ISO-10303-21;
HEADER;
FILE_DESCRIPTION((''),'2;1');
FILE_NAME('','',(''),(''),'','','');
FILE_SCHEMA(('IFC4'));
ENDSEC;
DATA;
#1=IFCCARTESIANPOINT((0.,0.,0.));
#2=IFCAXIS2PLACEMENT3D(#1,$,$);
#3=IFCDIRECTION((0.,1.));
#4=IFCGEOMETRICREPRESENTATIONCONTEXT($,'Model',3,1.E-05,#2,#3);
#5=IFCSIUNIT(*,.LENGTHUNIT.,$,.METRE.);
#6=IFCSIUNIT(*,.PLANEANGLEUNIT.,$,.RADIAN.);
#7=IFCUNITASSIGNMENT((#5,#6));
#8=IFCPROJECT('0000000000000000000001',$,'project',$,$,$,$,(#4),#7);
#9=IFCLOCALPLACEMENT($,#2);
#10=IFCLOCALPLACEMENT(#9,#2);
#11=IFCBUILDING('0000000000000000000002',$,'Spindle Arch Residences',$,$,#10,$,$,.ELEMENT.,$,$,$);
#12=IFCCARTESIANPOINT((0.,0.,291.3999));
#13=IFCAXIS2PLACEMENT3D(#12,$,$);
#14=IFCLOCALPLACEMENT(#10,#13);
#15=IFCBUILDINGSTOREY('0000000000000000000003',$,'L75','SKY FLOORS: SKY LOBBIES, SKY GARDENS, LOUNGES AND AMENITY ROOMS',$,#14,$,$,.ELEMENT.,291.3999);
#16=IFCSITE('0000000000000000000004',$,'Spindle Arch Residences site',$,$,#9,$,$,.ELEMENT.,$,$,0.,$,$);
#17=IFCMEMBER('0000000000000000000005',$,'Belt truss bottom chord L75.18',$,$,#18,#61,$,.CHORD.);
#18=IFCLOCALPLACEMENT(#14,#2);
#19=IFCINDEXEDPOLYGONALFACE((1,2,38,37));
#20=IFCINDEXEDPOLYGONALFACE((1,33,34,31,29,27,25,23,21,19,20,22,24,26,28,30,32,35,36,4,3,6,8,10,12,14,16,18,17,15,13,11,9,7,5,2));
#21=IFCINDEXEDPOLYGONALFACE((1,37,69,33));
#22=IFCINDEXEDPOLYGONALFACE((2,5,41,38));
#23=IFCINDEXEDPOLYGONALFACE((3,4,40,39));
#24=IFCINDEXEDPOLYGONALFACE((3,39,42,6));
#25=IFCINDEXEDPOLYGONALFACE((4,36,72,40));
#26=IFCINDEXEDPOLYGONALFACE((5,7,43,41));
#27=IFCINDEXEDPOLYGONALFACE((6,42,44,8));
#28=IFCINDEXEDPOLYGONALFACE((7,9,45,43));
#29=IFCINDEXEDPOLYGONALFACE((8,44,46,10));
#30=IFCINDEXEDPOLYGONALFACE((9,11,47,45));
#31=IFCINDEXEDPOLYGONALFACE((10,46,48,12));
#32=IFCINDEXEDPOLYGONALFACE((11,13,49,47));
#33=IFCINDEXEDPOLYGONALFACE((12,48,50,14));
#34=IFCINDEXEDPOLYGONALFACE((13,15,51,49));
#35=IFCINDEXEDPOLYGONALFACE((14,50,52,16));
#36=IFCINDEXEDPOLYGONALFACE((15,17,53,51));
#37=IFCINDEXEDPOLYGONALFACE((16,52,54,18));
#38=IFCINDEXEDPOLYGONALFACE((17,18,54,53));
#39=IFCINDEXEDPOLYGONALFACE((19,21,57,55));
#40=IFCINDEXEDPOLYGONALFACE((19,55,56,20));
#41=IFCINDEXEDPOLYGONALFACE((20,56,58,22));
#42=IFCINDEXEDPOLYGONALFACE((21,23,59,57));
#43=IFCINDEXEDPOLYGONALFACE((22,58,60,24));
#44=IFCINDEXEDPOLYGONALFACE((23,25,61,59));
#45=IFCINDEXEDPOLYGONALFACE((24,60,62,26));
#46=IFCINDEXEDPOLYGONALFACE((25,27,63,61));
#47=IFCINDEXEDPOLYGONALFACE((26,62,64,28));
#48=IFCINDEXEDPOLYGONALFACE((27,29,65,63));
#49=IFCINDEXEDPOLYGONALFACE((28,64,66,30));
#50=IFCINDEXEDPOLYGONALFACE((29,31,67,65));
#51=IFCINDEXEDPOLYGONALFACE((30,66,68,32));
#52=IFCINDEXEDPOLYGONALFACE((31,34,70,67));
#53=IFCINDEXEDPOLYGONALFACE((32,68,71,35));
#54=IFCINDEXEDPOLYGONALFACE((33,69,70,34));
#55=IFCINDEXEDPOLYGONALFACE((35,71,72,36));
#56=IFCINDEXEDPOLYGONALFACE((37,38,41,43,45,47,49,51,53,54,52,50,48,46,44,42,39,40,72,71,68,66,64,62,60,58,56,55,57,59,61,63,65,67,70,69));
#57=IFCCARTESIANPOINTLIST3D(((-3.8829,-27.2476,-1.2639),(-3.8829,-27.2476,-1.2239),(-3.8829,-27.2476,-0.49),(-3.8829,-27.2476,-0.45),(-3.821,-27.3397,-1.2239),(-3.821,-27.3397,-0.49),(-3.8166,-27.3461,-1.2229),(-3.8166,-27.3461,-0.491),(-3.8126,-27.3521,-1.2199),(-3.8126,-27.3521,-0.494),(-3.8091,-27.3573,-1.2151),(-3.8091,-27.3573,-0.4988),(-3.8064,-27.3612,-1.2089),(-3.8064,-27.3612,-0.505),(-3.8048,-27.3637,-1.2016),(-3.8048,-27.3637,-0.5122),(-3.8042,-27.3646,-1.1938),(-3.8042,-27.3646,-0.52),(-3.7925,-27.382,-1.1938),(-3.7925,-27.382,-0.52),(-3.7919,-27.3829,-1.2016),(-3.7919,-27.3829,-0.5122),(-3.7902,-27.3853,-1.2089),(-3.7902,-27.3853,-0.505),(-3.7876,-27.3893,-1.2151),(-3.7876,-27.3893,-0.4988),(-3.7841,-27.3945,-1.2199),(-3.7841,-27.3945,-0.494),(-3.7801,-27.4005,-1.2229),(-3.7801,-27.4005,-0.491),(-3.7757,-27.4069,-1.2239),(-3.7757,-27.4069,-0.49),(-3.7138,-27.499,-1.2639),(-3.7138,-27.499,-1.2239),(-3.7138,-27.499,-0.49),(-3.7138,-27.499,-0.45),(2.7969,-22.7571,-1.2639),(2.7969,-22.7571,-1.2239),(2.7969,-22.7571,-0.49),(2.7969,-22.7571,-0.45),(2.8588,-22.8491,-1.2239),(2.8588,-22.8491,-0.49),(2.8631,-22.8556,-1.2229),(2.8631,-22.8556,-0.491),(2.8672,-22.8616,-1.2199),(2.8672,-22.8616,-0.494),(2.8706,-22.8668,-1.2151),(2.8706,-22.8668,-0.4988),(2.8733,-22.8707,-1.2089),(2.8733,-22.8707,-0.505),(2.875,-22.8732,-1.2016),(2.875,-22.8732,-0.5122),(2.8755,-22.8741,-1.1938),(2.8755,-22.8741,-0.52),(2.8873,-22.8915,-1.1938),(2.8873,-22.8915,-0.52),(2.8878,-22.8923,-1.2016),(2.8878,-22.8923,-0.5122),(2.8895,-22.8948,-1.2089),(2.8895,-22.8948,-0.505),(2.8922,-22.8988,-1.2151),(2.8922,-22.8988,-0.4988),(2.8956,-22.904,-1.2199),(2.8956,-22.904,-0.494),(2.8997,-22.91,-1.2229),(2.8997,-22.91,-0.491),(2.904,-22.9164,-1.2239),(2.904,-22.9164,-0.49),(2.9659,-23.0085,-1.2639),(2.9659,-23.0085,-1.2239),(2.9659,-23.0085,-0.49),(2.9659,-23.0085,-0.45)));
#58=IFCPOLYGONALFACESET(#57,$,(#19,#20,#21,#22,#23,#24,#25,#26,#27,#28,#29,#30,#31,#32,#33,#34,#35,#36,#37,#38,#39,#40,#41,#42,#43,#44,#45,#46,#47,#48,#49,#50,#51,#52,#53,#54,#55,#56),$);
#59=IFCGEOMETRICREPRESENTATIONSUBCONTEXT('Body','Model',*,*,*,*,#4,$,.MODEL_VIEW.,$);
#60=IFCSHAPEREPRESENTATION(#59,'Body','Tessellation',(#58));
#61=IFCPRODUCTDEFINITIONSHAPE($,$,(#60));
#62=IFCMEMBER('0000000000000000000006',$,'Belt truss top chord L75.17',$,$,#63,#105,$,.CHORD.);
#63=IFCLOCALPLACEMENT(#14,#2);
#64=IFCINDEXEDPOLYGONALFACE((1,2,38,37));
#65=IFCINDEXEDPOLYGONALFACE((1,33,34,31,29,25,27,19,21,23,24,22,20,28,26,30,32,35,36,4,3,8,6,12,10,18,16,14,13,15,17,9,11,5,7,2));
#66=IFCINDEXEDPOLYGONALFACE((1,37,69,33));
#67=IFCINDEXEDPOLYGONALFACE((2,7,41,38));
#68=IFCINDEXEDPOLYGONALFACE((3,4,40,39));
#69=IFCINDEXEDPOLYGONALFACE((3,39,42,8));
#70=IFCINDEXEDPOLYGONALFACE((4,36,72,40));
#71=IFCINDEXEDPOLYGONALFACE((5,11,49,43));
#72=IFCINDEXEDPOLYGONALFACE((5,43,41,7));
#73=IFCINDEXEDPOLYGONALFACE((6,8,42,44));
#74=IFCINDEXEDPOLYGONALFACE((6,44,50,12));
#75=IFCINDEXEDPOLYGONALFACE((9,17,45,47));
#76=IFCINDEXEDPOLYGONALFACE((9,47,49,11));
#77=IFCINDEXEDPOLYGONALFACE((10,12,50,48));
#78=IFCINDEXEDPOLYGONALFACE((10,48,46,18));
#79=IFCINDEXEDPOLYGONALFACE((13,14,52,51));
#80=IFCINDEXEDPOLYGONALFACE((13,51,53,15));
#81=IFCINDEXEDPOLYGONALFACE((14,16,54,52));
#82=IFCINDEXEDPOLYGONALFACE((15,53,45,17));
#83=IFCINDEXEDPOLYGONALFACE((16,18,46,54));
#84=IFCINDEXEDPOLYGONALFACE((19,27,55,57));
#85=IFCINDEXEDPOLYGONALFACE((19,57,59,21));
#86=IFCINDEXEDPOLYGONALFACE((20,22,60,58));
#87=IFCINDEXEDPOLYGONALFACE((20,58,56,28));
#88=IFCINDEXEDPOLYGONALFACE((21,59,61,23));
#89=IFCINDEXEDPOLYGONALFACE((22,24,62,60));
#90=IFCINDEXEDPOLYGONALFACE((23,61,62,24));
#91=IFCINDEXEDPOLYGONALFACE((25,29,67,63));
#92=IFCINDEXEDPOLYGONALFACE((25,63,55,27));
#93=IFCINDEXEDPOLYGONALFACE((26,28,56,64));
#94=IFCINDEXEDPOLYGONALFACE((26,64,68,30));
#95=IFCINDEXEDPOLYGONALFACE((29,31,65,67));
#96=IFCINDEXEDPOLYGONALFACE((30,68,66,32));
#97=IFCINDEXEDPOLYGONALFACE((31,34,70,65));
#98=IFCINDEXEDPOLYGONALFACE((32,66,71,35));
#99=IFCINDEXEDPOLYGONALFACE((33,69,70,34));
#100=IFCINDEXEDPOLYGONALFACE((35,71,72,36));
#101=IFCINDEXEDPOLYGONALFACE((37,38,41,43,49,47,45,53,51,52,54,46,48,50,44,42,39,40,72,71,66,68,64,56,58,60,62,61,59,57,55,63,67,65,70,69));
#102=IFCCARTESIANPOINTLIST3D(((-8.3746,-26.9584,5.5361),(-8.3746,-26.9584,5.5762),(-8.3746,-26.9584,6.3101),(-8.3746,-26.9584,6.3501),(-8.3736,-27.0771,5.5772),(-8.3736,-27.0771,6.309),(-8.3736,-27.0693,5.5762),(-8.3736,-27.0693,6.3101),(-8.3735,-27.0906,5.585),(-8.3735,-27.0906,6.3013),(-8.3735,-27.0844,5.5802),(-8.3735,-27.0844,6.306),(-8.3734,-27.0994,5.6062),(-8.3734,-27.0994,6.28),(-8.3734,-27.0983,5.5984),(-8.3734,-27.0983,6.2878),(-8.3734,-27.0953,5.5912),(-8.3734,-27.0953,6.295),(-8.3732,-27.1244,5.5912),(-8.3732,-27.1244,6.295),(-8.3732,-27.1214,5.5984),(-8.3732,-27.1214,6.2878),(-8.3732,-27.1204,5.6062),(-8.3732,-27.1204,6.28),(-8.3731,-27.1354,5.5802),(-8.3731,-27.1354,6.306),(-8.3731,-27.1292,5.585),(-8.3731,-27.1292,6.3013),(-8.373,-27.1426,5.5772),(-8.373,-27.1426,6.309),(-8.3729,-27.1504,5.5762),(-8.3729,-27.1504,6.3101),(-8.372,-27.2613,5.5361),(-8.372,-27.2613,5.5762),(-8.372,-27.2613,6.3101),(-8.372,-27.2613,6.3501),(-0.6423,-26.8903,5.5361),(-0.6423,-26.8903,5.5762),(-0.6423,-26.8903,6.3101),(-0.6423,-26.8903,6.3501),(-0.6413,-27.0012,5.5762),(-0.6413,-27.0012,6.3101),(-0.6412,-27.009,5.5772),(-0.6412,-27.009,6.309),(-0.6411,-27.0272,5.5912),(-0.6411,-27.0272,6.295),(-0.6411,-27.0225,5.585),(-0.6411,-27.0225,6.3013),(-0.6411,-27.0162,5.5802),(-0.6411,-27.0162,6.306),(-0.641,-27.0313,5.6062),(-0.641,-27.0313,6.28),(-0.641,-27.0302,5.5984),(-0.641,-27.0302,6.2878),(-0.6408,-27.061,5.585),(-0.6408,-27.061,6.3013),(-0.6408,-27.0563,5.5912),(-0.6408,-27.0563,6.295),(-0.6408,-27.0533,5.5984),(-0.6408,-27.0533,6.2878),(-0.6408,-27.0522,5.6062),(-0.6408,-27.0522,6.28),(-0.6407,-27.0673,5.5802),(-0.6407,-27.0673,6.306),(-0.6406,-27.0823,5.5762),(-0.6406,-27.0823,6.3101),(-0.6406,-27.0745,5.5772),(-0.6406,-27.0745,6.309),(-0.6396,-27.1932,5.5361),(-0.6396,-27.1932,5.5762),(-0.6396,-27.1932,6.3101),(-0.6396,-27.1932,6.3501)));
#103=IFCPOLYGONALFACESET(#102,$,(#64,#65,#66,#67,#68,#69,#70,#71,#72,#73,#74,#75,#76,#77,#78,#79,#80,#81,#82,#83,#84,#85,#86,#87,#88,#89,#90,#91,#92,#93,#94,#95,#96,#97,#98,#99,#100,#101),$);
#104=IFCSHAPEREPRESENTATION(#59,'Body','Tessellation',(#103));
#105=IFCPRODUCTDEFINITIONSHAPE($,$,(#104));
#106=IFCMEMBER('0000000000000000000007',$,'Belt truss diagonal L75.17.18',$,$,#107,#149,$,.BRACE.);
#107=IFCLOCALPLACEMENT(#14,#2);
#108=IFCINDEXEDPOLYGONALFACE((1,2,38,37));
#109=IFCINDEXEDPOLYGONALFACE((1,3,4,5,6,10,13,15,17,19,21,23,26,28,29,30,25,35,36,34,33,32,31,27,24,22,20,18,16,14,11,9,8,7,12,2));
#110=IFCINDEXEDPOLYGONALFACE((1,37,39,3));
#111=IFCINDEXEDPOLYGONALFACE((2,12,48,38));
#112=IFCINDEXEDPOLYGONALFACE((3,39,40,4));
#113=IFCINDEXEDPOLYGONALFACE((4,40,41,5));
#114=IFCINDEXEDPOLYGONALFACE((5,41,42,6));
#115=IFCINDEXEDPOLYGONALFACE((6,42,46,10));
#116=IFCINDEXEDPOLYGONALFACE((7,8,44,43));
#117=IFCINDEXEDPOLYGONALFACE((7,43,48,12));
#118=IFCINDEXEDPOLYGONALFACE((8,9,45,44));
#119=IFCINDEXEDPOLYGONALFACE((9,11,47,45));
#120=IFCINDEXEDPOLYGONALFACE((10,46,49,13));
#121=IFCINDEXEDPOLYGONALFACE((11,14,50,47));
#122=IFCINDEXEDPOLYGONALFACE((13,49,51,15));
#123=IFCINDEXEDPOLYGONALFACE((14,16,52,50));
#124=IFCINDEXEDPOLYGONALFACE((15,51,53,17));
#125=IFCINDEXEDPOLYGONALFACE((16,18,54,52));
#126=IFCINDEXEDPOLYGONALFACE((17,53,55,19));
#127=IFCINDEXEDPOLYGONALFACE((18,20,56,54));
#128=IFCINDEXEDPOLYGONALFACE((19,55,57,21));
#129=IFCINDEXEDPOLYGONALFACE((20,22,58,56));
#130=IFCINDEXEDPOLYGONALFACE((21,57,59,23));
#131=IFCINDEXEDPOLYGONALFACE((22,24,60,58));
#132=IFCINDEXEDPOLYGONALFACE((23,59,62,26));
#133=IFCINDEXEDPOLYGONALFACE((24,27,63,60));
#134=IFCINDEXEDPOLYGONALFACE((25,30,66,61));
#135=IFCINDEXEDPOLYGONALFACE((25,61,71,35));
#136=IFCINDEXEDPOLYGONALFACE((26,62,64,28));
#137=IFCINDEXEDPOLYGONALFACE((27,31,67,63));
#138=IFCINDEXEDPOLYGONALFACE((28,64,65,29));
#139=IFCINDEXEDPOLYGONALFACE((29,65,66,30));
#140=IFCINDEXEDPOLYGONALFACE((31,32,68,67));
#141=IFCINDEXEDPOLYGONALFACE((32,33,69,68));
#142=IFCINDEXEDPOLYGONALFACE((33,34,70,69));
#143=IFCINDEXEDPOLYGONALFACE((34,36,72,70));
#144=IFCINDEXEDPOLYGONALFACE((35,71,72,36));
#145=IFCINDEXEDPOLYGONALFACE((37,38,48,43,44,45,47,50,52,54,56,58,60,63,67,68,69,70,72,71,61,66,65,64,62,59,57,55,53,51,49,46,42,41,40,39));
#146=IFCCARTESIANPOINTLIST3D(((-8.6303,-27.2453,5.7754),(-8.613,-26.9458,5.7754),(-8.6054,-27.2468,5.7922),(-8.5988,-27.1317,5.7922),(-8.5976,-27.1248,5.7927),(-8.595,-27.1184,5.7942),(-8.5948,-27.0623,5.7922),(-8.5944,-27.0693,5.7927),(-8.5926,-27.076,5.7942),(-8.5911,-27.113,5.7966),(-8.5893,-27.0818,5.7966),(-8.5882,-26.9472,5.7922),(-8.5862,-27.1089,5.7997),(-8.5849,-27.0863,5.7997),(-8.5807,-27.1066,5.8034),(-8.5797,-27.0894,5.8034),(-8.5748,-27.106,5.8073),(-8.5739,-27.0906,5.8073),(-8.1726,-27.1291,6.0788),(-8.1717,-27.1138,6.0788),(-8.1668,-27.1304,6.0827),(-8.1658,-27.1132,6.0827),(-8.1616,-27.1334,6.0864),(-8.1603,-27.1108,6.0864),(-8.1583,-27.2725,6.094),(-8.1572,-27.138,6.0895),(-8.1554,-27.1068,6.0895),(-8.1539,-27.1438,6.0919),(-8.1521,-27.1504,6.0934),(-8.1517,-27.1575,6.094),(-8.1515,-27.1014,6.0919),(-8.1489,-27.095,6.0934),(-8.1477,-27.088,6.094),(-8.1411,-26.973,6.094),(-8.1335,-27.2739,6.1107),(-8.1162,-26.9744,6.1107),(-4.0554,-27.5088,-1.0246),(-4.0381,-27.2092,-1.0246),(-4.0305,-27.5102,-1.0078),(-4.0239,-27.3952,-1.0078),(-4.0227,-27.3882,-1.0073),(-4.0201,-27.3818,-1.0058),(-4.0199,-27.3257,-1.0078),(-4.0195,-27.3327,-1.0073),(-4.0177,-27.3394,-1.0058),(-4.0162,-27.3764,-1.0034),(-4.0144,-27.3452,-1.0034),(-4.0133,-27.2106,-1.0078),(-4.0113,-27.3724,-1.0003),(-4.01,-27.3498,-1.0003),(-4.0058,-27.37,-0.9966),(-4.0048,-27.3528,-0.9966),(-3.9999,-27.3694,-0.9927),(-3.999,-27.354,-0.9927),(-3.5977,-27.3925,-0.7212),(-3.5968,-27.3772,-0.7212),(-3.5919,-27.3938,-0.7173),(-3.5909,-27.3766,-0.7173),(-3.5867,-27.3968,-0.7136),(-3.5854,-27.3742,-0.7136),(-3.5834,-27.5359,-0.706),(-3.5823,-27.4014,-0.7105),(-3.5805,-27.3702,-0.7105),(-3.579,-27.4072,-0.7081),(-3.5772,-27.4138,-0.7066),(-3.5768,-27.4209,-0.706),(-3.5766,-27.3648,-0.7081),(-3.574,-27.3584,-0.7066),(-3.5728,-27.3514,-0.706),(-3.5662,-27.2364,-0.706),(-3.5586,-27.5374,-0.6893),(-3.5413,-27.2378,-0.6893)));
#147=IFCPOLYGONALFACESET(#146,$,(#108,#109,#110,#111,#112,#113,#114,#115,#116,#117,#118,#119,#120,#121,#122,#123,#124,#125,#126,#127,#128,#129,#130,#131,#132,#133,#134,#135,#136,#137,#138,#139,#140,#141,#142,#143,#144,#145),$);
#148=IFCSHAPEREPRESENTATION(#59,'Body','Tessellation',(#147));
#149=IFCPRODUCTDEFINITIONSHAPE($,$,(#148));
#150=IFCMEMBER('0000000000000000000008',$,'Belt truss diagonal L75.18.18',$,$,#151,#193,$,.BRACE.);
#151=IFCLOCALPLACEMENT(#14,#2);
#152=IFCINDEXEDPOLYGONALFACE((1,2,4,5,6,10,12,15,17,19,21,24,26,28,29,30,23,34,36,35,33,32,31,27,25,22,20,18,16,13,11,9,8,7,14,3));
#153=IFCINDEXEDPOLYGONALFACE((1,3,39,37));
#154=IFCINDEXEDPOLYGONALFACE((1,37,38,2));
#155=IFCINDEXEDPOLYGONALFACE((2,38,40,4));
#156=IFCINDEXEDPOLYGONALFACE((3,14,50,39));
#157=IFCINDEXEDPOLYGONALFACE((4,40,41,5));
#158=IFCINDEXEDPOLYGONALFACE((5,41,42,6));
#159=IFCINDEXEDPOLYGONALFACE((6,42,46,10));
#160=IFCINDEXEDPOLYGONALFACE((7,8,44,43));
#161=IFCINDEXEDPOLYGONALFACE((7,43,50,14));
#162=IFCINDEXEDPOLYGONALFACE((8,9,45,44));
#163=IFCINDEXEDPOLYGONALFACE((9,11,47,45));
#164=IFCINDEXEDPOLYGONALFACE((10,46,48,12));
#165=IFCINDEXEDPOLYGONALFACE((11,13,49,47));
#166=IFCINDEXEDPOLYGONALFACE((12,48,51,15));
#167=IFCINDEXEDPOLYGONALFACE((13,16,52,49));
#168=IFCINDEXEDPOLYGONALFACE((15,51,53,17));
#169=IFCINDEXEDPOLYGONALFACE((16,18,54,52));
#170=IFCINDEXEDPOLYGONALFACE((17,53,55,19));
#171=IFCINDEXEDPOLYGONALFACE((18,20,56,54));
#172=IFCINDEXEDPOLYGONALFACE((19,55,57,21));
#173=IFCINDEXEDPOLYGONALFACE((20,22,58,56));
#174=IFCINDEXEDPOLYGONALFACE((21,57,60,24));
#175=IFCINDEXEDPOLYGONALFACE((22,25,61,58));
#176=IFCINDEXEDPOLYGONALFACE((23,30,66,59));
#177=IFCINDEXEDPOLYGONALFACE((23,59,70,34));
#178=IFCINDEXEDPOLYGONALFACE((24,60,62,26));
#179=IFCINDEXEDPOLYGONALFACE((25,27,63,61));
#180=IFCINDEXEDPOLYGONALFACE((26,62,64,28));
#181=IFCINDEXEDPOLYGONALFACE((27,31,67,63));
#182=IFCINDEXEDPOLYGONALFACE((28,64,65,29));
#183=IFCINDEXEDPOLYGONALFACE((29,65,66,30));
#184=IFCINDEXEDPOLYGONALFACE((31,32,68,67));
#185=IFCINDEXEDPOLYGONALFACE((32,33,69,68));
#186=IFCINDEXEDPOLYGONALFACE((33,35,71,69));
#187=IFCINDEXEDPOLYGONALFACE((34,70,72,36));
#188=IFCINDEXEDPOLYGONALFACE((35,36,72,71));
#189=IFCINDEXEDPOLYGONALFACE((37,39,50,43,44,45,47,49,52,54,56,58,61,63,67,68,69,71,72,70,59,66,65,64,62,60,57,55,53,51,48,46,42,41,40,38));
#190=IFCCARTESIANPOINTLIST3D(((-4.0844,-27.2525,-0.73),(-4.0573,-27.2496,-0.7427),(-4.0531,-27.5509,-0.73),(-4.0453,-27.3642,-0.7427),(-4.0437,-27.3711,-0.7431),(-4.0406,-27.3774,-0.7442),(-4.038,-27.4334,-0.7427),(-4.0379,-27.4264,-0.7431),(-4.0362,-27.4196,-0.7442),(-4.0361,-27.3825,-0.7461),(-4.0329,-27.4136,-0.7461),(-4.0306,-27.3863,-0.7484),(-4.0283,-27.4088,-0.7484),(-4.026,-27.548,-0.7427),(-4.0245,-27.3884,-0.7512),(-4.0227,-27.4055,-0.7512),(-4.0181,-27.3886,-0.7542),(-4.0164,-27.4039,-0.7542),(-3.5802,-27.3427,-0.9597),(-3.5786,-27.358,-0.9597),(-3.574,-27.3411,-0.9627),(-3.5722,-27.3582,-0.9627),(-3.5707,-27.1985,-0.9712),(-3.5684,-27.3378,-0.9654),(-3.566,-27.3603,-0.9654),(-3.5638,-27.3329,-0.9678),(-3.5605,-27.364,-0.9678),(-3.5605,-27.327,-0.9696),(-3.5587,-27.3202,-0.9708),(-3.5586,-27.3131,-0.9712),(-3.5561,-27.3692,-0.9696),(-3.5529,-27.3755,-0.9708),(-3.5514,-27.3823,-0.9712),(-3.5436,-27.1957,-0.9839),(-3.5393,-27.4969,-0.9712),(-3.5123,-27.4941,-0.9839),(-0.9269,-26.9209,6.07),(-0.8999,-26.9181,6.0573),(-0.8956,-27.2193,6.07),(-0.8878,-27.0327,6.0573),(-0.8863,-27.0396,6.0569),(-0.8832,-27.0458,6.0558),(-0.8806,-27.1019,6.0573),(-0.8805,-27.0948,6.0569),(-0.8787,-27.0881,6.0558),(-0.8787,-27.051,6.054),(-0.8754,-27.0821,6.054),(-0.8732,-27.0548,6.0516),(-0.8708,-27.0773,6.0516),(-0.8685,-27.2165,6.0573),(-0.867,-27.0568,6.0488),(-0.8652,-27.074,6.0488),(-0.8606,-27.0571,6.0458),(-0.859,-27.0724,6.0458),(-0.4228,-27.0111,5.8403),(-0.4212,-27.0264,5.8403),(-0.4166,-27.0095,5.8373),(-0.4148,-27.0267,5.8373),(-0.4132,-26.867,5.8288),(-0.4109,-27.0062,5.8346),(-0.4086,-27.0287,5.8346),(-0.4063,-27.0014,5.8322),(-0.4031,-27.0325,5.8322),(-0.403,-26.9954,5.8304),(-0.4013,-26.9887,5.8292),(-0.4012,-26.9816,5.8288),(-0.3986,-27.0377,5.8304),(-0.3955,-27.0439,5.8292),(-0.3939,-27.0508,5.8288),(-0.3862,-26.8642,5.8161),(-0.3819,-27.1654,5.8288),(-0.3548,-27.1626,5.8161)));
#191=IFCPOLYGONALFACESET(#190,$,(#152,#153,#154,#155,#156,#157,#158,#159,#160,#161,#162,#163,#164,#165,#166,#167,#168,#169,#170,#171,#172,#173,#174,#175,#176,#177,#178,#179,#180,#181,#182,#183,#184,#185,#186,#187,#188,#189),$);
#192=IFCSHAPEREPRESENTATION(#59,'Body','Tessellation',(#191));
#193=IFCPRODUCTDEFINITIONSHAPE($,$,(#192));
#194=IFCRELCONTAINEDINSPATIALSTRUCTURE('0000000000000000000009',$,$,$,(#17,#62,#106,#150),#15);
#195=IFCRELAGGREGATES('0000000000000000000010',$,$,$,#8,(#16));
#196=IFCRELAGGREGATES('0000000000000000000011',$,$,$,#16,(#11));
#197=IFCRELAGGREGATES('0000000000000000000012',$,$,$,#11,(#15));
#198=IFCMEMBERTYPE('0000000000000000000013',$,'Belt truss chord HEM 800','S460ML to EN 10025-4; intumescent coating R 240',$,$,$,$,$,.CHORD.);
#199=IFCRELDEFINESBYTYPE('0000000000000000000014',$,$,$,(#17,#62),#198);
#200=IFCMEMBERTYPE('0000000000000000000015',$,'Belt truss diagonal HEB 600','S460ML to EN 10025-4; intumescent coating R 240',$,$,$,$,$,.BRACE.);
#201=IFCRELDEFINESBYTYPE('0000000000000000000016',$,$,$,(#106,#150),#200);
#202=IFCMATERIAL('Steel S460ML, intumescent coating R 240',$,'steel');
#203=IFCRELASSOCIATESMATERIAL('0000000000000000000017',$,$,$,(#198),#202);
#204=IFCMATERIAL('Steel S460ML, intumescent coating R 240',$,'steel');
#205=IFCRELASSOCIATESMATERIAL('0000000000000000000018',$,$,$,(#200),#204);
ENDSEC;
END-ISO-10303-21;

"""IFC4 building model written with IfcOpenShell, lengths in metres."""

from ifc_helpers import new_model, si_unit, direction, frame, origin, origin_2d, place, context, subcontext, project, spatial, i_section, extrude, material, material_profile, profile_set, type_object, element, save


model = new_model("IFC4")

# Units and contexts
model_context = context("Model", 3, precision=1e-05, world=origin(), true_north=direction((0.0, 1.0)))
body_context = subcontext(model_context, "Body", "Model", "MODEL_VIEW")
ifc_project = project(units=[si_unit("LENGTHUNIT", "METRE"), si_unit("PLANEANGLEUNIT", "RADIAN")], contexts=[model_context])

# Site, building, storey
site_placement = place(None, origin())
site = spatial("IfcSite", under=ifc_project, at=site_placement, Name="Spindle Arch Residences site", CompositionType="ELEMENT", RefElevation=0.0)
building_placement = place(site_placement, origin())
building = spatial("IfcBuilding", under=site, at=building_placement, Name="Spindle Arch Residences", CompositionType="ELEMENT")
storey_placement = place(building_placement, frame((0.0, 0.0, 291.3999)))
storey = spatial("IfcBuildingStorey", under=building, at=storey_placement, Name="L75", Description="SKY FLOORS: SKY LOBBIES, SKY GARDENS, LOUNGES AND AMENITY ROOMS", CompositionType="ELEMENT", Elevation=291.3999)

# Members
ifc_material_1 = material(Name="Steel S460ML, intumescent coating R 240", Category="steel")
ifc_material_profile_1 = material_profile(ifc_material_1, i_section(OverallWidth=0.303, OverallDepth=0.814, WebThickness=0.021, FlangeThickness=0.04, FilletRadius=0.03, at=origin_2d()), Name="HEM 800")
ifc_profile_set_1 = profile_set([ifc_material_profile_1], Name="Steel S460ML, intumescent coating R 240")
member_type_1 = type_object("IfcMemberType", Name="Belt truss chord HEM 800", Description="S460ML to EN 10025-4; intumescent coating R 240", PredefinedType="CHORD", material=ifc_profile_set_1)
member_1_placement = place(storey_placement, frame((-3.7983, -27.3733, -0.8569), z_axis=(0.829902, 0.557909, 0.0), x_axis=(-0.557909, 0.829902, 0.0)))
element("IfcMember", 1, at=member_1_placement, inside=storey, type_object=member_type_1, Name="Belt truss bottom chord L75.18", PredefinedType="CHORD", context=body_context, shape_type="SweptSolid", body=[
    extrude(i_section(OverallWidth=0.303, OverallDepth=0.814, WebThickness=0.021, FlangeThickness=0.04, FilletRadius=0.03, at=origin_2d()), origin(), (0.0, 0.0, 1.0), 8.0488),
])
member_2_placement = place(storey_placement, frame((-8.3733, -27.1099, 5.9431), z_axis=(0.999961, 0.008809, 0.0), x_axis=(-0.008809, 0.999961, 0.0)))
element("IfcMember", 2, at=member_2_placement, inside=storey, type_object=member_type_1, Name="Belt truss top chord L75.17", PredefinedType="CHORD", context=body_context, shape_type="SweptSolid", body=[
    extrude(i_section(OverallWidth=0.303, OverallDepth=0.814, WebThickness=0.021, FlangeThickness=0.04, FilletRadius=0.03, at=origin_2d()), origin(), (0.0, 0.0, 1.0), 7.7327),
])
ifc_material_2 = material(Name="Steel S460ML, intumescent coating R 240", Category="steel")
ifc_material_profile_2 = material_profile(ifc_material_2, i_section(OverallWidth=0.3, OverallDepth=0.6001, WebThickness=0.0154, FlangeThickness=0.03, FilletRadius=0.0271, at=origin_2d()), Name="HEB 600")
ifc_profile_set_2 = profile_set([ifc_material_profile_2], Name="Steel S460ML, intumescent coating R 240")
member_type_2 = type_object("IfcMemberType", Name="Belt truss diagonal HEB 600", Description="S460ML to EN 10025-4; intumescent coating R 240", PredefinedType="BRACE", material=ifc_profile_set_2)
member_3_placement = place(storey_placement, frame((-3.7983, -27.3733, -0.8569), z_axis=(-0.55792, 0.032125, 0.829273), x_axis=(-0.057485, -0.998346, 0.0)))
element("IfcMember", 3, at=member_3_placement, inside=storey, type_object=member_type_2, Name="Belt truss diagonal L75.17.18", PredefinedType="BRACE", context=body_context, shape_type="SweptSolid", body=[
    extrude(i_section(OverallWidth=0.3, OverallDepth=0.6001, WebThickness=0.0154, FlangeThickness=0.03, FilletRadius=0.0271, at=origin_2d()), origin(), (0.0, 0.0, 1.0), 8.2),
])
member_4_placement = place(storey_placement, frame((-3.7983, -27.3733, -0.8569), z_axis=(0.420734, 0.044178, 0.906108), x_axis=(-0.104429, 0.994532, 0.0)))
element("IfcMember", 4, at=member_4_placement, inside=storey, type_object=member_type_2, Name="Belt truss diagonal L75.18.18", PredefinedType="BRACE", context=body_context, shape_type="SweptSolid", body=[
    extrude(i_section(OverallWidth=0.3, OverallDepth=0.6001, WebThickness=0.0154, FlangeThickness=0.03, FilletRadius=0.0271, at=origin_2d()), origin(), (0.0, 0.0, 1.0), 7.5046),
])

save(model, "model.ifc")
